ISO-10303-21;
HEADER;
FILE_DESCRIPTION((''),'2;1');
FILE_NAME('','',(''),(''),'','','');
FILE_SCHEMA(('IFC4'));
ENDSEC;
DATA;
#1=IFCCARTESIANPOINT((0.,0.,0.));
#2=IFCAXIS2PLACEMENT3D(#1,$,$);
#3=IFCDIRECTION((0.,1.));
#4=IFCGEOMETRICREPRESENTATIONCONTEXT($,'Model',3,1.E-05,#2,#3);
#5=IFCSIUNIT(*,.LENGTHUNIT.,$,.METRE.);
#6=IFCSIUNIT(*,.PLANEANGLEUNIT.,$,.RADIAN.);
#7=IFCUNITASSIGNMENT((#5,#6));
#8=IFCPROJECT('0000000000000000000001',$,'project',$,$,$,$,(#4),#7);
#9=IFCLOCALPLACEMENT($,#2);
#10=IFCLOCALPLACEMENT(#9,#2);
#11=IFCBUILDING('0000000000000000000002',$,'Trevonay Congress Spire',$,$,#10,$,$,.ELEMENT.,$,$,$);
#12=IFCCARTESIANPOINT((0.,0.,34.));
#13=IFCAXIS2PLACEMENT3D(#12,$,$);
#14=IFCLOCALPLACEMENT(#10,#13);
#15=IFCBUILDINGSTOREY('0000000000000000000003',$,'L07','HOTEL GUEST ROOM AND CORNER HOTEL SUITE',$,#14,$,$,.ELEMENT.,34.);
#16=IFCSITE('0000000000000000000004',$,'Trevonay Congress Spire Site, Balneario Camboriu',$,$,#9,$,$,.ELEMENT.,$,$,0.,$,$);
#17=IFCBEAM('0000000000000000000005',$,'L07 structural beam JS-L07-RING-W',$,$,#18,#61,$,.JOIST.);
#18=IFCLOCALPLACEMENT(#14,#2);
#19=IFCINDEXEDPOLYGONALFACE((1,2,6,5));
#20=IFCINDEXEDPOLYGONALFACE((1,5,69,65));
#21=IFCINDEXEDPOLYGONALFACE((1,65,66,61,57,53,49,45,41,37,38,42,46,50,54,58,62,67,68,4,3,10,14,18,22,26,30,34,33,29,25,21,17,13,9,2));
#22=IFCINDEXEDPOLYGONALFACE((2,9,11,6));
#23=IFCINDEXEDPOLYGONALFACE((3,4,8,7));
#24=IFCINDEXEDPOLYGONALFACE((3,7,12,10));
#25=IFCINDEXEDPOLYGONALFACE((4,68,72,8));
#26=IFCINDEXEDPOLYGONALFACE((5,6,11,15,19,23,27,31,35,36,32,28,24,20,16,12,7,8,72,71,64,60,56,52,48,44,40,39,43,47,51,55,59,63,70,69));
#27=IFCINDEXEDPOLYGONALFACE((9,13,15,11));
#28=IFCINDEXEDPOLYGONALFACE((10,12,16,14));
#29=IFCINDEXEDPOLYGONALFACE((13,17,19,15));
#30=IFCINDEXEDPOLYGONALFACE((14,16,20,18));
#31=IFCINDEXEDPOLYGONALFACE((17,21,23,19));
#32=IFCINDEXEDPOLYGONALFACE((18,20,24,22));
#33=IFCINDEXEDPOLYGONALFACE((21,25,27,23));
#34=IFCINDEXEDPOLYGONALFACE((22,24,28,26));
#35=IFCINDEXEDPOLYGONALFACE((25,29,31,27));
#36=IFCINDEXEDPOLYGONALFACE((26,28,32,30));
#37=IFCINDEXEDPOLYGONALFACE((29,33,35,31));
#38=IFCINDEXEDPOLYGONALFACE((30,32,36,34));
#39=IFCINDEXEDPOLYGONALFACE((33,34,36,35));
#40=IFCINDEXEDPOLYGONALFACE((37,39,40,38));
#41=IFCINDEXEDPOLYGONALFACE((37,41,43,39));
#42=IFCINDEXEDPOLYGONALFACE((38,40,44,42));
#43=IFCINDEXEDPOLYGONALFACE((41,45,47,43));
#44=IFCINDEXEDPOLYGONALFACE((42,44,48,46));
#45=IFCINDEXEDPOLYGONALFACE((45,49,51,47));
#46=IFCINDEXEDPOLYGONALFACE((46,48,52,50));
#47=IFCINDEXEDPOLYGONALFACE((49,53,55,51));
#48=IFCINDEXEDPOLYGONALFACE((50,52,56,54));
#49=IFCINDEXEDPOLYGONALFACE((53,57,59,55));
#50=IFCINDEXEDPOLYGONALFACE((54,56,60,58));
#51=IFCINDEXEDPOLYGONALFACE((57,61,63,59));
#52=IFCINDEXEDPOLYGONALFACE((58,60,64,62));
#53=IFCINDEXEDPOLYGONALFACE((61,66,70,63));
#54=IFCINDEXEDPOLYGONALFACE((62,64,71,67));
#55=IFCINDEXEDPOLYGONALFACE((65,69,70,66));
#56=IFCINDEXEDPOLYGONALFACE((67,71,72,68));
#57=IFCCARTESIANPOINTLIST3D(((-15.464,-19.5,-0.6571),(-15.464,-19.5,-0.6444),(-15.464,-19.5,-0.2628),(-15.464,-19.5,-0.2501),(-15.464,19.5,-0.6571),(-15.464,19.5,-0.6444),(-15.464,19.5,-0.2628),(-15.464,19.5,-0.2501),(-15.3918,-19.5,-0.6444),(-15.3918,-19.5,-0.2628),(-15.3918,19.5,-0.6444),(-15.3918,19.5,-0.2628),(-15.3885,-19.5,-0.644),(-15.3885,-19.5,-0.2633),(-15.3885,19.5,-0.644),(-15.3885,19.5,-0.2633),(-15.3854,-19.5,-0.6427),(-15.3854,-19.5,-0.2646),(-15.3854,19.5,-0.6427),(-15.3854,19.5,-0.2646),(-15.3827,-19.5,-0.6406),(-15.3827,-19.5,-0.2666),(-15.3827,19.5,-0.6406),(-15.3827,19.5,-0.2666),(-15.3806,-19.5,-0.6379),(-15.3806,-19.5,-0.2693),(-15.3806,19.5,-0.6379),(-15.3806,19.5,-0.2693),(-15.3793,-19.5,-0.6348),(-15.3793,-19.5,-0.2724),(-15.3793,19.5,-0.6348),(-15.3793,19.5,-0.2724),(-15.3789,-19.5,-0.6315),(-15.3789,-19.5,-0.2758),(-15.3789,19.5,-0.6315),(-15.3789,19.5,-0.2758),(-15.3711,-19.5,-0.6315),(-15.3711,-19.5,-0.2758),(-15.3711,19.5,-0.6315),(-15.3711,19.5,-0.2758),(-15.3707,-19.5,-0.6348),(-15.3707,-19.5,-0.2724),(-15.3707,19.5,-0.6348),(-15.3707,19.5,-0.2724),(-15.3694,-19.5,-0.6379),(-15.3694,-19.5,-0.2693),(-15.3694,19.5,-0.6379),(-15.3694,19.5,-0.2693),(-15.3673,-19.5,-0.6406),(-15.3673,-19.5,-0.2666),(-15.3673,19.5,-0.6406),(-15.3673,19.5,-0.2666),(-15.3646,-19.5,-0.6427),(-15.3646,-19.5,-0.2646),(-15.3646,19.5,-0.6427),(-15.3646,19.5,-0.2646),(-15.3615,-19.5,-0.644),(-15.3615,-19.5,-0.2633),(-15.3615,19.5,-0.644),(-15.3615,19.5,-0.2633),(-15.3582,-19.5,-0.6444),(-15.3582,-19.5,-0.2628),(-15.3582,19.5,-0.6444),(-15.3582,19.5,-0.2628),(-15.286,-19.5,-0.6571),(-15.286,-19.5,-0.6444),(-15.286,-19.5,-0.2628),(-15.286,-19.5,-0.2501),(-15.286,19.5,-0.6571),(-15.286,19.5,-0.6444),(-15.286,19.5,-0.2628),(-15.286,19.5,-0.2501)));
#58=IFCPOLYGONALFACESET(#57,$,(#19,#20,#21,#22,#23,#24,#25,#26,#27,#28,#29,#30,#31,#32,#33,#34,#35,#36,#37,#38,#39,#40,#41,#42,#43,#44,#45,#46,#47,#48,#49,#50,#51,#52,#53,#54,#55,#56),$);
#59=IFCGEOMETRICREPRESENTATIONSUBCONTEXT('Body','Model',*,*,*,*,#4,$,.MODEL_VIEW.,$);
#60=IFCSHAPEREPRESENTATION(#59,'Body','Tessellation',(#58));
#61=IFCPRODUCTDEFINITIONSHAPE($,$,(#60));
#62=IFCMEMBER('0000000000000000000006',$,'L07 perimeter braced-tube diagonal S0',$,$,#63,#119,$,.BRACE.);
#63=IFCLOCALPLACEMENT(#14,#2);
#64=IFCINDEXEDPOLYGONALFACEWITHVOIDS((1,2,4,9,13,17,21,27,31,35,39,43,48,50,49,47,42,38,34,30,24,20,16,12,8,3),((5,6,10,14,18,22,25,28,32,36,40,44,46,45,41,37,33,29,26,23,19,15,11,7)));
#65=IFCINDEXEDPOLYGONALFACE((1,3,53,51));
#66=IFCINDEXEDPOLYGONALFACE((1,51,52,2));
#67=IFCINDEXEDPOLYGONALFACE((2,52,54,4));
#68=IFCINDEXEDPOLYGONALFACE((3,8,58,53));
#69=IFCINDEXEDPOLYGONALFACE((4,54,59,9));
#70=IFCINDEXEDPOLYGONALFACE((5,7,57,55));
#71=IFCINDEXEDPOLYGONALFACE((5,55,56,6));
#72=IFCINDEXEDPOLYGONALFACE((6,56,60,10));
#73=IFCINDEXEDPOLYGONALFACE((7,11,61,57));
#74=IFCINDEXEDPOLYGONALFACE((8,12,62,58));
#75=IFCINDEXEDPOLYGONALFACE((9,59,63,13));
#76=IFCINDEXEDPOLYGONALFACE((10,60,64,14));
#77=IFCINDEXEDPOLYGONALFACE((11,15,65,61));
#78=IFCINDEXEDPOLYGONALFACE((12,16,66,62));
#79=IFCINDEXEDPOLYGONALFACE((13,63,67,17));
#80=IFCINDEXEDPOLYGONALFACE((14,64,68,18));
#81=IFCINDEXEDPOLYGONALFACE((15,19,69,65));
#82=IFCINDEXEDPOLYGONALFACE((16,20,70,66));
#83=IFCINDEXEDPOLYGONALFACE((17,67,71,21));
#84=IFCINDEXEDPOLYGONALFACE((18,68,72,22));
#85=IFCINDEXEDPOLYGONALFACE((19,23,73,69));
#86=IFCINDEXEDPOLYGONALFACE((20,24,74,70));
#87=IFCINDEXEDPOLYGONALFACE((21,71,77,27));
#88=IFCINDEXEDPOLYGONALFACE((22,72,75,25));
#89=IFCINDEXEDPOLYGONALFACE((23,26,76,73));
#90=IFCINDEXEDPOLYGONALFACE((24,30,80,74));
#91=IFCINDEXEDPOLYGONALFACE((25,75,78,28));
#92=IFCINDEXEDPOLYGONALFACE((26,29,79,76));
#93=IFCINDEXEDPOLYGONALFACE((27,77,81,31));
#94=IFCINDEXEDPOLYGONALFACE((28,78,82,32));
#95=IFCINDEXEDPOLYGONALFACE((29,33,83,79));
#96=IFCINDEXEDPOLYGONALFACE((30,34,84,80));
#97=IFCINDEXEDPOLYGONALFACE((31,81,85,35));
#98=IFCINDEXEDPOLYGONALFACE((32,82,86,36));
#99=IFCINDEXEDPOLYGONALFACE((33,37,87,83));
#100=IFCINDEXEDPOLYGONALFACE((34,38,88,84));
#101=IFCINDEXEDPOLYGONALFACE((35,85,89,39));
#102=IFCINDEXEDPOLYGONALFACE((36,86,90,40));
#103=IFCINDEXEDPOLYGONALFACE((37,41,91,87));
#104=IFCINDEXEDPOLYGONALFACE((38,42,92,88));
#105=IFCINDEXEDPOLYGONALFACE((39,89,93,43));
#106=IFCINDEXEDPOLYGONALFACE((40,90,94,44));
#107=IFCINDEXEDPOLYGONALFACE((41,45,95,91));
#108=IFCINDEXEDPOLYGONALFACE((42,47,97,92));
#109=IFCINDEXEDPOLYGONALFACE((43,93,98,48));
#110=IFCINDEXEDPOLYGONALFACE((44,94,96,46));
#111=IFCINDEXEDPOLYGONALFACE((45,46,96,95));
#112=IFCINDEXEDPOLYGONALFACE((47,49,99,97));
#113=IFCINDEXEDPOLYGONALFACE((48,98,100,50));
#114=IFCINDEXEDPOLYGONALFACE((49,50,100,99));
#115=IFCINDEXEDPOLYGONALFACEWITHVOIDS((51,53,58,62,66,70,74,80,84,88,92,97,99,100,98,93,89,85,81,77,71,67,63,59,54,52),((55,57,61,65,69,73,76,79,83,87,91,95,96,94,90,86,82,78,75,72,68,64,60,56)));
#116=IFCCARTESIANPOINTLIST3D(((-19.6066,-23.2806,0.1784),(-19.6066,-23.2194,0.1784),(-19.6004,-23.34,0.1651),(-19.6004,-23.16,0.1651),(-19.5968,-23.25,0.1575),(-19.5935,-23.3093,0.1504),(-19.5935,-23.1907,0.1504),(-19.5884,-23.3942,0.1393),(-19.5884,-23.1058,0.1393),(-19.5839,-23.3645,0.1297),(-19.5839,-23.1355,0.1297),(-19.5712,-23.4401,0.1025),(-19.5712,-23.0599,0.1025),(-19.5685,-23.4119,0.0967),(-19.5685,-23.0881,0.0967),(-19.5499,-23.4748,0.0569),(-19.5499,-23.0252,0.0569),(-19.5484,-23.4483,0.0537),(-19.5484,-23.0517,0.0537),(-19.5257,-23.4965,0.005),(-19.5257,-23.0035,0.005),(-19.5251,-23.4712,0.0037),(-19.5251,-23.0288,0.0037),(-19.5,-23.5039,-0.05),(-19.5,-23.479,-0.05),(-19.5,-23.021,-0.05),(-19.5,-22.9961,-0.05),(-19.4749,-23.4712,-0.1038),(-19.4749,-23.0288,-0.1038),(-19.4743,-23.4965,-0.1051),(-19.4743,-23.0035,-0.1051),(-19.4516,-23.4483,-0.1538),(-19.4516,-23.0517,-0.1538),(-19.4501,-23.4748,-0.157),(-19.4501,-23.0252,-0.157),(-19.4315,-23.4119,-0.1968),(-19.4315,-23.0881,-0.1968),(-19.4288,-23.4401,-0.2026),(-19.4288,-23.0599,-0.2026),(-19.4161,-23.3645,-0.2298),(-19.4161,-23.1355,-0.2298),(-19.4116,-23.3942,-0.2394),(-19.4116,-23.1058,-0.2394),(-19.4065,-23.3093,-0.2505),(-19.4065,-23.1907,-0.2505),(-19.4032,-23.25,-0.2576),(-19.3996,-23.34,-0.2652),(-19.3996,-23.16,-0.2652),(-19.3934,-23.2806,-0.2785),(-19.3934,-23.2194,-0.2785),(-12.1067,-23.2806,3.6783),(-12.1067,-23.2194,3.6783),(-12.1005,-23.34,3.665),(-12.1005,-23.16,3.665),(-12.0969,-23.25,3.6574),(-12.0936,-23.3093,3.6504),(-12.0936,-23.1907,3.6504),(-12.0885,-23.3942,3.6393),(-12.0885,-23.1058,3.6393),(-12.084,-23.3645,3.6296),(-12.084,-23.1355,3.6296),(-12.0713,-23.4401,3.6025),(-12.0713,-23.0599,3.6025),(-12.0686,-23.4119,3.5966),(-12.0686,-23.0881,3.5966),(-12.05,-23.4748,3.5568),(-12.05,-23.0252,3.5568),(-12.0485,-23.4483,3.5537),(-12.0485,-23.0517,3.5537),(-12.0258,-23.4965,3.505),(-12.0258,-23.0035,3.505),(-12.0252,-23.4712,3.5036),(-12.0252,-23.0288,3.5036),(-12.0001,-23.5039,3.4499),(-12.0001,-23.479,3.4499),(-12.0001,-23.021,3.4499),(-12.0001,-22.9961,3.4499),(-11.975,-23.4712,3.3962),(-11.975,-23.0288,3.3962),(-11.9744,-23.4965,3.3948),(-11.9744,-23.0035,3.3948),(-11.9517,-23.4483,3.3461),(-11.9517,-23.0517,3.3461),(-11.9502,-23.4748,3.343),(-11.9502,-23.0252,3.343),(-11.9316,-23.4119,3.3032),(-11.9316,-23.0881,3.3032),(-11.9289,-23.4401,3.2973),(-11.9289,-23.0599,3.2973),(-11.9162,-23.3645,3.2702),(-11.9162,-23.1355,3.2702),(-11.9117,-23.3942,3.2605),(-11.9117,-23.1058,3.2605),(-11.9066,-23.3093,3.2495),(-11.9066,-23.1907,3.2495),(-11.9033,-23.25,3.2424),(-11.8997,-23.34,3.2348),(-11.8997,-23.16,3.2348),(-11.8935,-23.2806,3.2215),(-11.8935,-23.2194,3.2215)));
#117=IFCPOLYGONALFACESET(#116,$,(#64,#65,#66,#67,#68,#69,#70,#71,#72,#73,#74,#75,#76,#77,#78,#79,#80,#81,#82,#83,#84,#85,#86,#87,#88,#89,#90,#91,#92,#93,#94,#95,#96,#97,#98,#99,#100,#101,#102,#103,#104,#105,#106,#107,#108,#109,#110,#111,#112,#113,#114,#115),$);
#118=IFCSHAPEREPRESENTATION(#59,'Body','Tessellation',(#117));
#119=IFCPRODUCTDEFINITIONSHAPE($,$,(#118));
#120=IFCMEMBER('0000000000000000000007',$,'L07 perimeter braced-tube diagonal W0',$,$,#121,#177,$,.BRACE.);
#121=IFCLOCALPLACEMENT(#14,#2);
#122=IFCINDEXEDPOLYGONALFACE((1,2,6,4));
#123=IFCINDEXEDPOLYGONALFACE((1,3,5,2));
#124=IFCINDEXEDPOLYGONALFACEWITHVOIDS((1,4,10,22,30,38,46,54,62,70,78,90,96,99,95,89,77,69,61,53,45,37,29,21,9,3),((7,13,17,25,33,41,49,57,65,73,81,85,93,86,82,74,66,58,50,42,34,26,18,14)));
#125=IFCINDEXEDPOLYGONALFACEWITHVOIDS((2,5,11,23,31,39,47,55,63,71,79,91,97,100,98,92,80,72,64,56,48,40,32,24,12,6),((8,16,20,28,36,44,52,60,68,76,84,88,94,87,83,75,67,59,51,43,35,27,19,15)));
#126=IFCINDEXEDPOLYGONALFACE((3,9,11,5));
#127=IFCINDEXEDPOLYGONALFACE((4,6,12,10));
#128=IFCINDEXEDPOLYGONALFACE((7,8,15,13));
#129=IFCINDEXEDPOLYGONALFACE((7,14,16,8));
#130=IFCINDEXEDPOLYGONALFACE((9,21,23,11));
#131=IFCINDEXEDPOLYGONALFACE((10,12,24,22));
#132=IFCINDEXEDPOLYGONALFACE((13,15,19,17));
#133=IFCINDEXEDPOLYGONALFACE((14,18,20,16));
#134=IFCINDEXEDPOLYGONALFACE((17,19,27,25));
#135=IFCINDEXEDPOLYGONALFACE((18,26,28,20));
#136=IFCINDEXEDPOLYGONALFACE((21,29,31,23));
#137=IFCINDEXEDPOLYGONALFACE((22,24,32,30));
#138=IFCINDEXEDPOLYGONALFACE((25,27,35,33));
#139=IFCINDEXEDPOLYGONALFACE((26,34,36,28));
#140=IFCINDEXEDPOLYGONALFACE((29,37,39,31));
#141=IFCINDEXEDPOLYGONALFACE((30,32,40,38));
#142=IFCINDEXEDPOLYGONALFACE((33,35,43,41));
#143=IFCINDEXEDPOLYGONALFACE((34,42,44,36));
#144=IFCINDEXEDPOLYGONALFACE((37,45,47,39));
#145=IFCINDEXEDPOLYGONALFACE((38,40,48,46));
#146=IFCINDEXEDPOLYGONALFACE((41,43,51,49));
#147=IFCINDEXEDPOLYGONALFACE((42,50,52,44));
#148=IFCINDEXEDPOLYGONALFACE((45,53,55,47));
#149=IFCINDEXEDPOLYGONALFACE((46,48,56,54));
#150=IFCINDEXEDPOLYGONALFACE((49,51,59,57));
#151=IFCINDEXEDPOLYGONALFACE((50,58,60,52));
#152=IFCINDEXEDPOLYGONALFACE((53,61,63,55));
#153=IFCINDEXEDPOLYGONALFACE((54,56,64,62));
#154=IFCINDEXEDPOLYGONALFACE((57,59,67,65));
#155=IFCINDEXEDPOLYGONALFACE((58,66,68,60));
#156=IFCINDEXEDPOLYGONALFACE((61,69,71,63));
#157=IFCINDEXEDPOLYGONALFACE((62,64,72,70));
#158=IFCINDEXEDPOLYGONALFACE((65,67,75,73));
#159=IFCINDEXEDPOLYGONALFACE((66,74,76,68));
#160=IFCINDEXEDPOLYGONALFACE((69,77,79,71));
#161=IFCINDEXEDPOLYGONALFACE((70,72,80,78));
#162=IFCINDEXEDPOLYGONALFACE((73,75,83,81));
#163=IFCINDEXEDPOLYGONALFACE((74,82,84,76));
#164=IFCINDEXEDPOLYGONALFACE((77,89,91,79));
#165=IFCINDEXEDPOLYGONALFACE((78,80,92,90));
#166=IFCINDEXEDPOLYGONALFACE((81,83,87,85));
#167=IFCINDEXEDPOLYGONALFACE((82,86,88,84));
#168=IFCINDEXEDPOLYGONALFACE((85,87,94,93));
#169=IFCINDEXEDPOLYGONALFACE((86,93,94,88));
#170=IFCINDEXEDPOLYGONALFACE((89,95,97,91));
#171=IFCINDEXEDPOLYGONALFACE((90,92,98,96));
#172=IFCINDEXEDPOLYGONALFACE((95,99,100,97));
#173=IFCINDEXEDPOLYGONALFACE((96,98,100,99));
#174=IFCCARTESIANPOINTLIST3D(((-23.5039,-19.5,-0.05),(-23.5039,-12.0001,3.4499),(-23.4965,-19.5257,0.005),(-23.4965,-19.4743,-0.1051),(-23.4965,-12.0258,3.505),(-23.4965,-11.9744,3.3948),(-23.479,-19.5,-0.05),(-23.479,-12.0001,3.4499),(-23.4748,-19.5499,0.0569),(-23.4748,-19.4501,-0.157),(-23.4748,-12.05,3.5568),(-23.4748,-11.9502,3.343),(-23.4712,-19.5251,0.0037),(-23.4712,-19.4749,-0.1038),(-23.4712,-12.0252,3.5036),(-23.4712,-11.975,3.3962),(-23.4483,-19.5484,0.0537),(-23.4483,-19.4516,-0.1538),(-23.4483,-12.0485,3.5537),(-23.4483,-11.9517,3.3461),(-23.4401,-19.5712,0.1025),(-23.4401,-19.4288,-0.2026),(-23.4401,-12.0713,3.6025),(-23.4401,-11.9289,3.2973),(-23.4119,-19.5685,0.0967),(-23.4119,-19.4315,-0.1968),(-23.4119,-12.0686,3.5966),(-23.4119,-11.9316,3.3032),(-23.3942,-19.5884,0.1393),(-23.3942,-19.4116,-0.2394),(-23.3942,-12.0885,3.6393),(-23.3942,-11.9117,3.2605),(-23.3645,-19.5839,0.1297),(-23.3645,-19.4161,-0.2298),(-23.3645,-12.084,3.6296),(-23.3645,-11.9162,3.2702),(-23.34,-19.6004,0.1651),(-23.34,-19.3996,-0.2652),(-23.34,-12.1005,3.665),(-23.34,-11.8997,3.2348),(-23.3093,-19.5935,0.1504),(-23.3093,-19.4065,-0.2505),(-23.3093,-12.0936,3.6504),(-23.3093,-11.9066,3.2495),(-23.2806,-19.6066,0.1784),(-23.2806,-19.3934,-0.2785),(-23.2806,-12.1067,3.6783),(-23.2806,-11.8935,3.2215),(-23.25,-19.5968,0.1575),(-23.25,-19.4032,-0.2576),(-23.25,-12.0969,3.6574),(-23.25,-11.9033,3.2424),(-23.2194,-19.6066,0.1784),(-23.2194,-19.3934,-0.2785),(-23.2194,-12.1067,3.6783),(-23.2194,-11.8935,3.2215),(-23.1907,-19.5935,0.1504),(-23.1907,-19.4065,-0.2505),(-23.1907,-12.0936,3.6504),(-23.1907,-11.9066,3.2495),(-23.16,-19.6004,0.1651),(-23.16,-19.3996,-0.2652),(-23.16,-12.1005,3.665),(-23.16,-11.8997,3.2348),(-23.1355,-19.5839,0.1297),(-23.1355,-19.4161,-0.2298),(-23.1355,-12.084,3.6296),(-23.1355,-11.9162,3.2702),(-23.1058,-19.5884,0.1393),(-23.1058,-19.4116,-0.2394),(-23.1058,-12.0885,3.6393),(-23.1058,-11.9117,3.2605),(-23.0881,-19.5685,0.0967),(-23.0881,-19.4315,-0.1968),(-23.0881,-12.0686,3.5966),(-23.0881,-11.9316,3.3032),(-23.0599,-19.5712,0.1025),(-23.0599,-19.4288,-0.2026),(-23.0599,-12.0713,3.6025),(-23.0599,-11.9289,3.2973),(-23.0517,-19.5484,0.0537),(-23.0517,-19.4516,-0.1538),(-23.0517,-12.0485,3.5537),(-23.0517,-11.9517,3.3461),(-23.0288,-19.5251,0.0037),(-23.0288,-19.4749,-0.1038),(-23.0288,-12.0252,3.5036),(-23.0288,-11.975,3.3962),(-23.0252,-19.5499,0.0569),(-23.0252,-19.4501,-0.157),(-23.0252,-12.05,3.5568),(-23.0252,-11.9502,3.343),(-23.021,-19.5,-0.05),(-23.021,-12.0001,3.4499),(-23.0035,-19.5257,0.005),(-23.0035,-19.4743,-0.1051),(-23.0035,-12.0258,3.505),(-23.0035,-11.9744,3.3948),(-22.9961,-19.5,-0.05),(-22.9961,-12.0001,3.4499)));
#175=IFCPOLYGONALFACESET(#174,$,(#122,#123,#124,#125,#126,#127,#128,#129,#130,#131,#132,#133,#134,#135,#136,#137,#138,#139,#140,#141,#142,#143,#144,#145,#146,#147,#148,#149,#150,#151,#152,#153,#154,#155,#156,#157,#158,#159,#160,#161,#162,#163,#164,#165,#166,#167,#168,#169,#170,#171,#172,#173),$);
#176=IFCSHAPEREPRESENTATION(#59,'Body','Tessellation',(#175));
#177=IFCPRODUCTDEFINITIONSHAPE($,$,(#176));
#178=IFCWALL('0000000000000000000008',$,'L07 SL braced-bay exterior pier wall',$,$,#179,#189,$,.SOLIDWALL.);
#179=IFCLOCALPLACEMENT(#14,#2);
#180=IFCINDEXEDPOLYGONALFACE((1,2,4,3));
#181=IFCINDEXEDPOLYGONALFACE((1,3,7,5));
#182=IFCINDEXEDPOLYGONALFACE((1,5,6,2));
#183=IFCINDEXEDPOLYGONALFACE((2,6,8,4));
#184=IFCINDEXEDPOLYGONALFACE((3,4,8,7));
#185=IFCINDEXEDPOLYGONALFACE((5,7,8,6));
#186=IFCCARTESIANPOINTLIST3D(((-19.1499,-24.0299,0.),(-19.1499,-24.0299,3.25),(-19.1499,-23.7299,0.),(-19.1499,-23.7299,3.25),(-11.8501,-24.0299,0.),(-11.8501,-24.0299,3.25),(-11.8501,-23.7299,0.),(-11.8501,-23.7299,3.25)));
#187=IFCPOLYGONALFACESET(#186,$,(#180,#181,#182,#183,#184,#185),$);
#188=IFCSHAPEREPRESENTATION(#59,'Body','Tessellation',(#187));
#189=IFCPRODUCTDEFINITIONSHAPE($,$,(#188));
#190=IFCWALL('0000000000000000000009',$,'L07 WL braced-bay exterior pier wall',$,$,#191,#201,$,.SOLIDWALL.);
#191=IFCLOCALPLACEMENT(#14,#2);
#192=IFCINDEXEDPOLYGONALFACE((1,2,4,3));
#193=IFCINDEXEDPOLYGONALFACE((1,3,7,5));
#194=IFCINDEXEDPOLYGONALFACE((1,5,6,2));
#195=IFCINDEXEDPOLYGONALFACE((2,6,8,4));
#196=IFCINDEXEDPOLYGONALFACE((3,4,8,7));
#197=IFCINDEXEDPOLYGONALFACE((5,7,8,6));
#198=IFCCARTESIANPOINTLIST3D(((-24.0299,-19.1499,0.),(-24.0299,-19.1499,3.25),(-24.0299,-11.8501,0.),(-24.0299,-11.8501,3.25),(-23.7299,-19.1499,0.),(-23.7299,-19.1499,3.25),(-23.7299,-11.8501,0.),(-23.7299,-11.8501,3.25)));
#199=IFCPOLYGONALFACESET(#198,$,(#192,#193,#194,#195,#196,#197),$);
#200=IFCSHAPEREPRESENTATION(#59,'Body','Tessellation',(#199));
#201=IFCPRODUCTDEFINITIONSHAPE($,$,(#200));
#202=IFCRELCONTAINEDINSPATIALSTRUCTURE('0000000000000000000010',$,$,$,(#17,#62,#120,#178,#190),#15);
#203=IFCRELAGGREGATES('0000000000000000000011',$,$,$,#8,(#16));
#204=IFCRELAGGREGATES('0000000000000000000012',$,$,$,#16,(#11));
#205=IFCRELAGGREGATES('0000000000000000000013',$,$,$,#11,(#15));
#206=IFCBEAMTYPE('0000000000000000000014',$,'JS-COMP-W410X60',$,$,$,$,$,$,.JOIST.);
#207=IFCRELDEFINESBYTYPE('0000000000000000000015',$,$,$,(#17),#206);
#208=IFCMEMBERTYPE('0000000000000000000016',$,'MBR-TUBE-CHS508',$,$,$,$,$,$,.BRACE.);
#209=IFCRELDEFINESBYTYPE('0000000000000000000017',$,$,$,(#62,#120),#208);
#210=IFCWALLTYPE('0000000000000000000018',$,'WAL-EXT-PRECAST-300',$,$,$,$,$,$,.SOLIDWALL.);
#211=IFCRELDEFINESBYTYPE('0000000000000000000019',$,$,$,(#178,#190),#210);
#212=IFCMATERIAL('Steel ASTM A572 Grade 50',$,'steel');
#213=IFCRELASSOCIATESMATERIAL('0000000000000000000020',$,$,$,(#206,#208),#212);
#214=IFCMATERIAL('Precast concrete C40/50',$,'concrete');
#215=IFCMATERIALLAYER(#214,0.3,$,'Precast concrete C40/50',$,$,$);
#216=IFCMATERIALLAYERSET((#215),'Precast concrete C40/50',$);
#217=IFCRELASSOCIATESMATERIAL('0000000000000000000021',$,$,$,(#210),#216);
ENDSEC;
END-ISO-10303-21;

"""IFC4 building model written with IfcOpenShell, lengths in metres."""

from ifc_helpers import new_model, si_unit, direction, frame, frame_2d, origin, origin_2d, place, context, subcontext, project, spatial, rectangle, hollow_circle, i_section, extrude, material, layer, layer_set, material_profile, profile_set, type_object, element, save


model = new_model("IFC4")

# Units and contexts
model_context = context("Model", 3, precision=1e-05, world=origin(), true_north=direction((0.0, 1.0)))
body_context = subcontext(model_context, "Body", "Model", "MODEL_VIEW")
ifc_project = project(units=[si_unit("LENGTHUNIT", "METRE"), si_unit("PLANEANGLEUNIT", "RADIAN")], contexts=[model_context])

# Site, building, storey
site_placement = place(None, origin())
site = spatial("IfcSite", under=ifc_project, at=site_placement, Name="Trevonay Congress Spire Site, Balneario Camboriu", CompositionType="ELEMENT", RefElevation=0.0)
building_placement = place(site_placement, origin())
building = spatial("IfcBuilding", under=site, at=building_placement, Name="Trevonay Congress Spire", CompositionType="ELEMENT")
storey_placement = place(building_placement, frame((0.0, 0.0, 34.0)))
storey = spatial("IfcBuildingStorey", under=building, at=storey_placement, Name="L07", Description="HOTEL GUEST ROOM AND CORNER HOTEL SUITE", CompositionType="ELEMENT", Elevation=34.0)

# Shared definitions
ifc_material_1 = material(Name="Steel ASTM A572 Grade 50", Category="steel")

# Beam
ifc_material_profile_1 = material_profile(ifc_material_1, i_section(OverallWidth=0.178, OverallDepth=0.407, WebThickness=0.0078, FlangeThickness=0.0127, FilletRadius=0.0129, at=origin_2d()), Name="W410x60")
ifc_profile_set_1 = profile_set([ifc_material_profile_1], Name="Steel ASTM A572 Grade 50")
beam_type_1 = type_object("IfcBeamType", Name="JS-COMP-W410X60", PredefinedType="JOIST", material=ifc_profile_set_1)
beam_1_placement = place(storey_placement, frame((-15.375, -19.5, -0.4536), z_axis=(0.0, 1.0, 0.0), x_axis=(-1.0, 0.0, 0.0)))
element("IfcBeam", 1, at=beam_1_placement, inside=storey, type_object=beam_type_1, Name="L07 structural beam JS-L07-RING-W", PredefinedType="JOIST", context=body_context, shape_type="SweptSolid", body=[
    extrude(i_section(OverallWidth=0.178, OverallDepth=0.407, WebThickness=0.0078, FlangeThickness=0.0127, FilletRadius=0.0129, at=origin_2d()), origin(), (0.0, 0.0, 1.0), 39.0),
])

# Members
ifc_material_profile_2 = material_profile(ifc_material_1, hollow_circle(Radius=0.2539, WallThickness=0.0249, at=origin_2d()), Name="CHS 508x25")
ifc_profile_set_2 = profile_set([ifc_material_profile_2], Name="Steel ASTM A572 Grade 50")
member_type_1 = type_object("IfcMemberType", Name="MBR-TUBE-CHS508", PredefinedType="BRACE", material=ifc_profile_set_2)
for number, where, z_axis, x_axis, name in (
    (2, (-19.5, -23.25, -0.05), (0.906183, 0.0, 0.422885), (0.0, 1.0, 0.0), "L07 perimeter braced-tube diagonal S0"),
    (3, (-23.25, -19.5, -0.05), (0.0, 0.906183, 0.422885), (-1.0, 0.0, 0.0), "L07 perimeter braced-tube diagonal W0"),
):
    element("IfcMember", number, at=place(storey_placement, frame(where, z_axis=z_axis, x_axis=x_axis)), inside=storey, type_object=member_type_1, Name=name, PredefinedType="BRACE", context=body_context, shape_type="SweptSolid", body=[
        extrude(hollow_circle(Radius=0.2539, WallThickness=0.0249, at=origin_2d()), origin(), (0.0, 0.0, 1.0), 8.2764),
    ])

# Walls
ifc_material_2 = material(Name="Precast concrete C40/50", Category="concrete")
ifc_layer_1 = layer(ifc_material_2, 0.3, Name="Precast concrete C40/50")
ifc_layer_set_1 = layer_set([ifc_layer_1], Name="Precast concrete C40/50")
wall_type_1 = type_object("IfcWallType", Name="WAL-EXT-PRECAST-300", PredefinedType="SOLIDWALL", material=ifc_layer_set_1)
for number, where, z_axis, x_axis, name in (
    (4, (-19.1499, -23.8799, 0.0), (0.0, 0.0, 1.0), (1.0, 0.0, 0.0), "L07 SL braced-bay exterior pier wall"),
    (5, (-23.8799, -19.1499, 0.0), (0.0, 0.0, 1.0), (0.0, 1.0, 0.0), "L07 WL braced-bay exterior pier wall"),
):
    element("IfcWall", number, at=place(storey_placement, frame(where, z_axis=z_axis, x_axis=x_axis)), inside=storey, type_object=wall_type_1, Name=name, PredefinedType="SOLIDWALL", context=body_context, shape_type="SweptSolid", body=[
        extrude(rectangle(XDim=7.2998, YDim=0.3, at=frame_2d((3.6499, 0.0))), origin(), (0.0, 0.0, 1.0), 3.25),
    ])

save(model, "model.ifc")
